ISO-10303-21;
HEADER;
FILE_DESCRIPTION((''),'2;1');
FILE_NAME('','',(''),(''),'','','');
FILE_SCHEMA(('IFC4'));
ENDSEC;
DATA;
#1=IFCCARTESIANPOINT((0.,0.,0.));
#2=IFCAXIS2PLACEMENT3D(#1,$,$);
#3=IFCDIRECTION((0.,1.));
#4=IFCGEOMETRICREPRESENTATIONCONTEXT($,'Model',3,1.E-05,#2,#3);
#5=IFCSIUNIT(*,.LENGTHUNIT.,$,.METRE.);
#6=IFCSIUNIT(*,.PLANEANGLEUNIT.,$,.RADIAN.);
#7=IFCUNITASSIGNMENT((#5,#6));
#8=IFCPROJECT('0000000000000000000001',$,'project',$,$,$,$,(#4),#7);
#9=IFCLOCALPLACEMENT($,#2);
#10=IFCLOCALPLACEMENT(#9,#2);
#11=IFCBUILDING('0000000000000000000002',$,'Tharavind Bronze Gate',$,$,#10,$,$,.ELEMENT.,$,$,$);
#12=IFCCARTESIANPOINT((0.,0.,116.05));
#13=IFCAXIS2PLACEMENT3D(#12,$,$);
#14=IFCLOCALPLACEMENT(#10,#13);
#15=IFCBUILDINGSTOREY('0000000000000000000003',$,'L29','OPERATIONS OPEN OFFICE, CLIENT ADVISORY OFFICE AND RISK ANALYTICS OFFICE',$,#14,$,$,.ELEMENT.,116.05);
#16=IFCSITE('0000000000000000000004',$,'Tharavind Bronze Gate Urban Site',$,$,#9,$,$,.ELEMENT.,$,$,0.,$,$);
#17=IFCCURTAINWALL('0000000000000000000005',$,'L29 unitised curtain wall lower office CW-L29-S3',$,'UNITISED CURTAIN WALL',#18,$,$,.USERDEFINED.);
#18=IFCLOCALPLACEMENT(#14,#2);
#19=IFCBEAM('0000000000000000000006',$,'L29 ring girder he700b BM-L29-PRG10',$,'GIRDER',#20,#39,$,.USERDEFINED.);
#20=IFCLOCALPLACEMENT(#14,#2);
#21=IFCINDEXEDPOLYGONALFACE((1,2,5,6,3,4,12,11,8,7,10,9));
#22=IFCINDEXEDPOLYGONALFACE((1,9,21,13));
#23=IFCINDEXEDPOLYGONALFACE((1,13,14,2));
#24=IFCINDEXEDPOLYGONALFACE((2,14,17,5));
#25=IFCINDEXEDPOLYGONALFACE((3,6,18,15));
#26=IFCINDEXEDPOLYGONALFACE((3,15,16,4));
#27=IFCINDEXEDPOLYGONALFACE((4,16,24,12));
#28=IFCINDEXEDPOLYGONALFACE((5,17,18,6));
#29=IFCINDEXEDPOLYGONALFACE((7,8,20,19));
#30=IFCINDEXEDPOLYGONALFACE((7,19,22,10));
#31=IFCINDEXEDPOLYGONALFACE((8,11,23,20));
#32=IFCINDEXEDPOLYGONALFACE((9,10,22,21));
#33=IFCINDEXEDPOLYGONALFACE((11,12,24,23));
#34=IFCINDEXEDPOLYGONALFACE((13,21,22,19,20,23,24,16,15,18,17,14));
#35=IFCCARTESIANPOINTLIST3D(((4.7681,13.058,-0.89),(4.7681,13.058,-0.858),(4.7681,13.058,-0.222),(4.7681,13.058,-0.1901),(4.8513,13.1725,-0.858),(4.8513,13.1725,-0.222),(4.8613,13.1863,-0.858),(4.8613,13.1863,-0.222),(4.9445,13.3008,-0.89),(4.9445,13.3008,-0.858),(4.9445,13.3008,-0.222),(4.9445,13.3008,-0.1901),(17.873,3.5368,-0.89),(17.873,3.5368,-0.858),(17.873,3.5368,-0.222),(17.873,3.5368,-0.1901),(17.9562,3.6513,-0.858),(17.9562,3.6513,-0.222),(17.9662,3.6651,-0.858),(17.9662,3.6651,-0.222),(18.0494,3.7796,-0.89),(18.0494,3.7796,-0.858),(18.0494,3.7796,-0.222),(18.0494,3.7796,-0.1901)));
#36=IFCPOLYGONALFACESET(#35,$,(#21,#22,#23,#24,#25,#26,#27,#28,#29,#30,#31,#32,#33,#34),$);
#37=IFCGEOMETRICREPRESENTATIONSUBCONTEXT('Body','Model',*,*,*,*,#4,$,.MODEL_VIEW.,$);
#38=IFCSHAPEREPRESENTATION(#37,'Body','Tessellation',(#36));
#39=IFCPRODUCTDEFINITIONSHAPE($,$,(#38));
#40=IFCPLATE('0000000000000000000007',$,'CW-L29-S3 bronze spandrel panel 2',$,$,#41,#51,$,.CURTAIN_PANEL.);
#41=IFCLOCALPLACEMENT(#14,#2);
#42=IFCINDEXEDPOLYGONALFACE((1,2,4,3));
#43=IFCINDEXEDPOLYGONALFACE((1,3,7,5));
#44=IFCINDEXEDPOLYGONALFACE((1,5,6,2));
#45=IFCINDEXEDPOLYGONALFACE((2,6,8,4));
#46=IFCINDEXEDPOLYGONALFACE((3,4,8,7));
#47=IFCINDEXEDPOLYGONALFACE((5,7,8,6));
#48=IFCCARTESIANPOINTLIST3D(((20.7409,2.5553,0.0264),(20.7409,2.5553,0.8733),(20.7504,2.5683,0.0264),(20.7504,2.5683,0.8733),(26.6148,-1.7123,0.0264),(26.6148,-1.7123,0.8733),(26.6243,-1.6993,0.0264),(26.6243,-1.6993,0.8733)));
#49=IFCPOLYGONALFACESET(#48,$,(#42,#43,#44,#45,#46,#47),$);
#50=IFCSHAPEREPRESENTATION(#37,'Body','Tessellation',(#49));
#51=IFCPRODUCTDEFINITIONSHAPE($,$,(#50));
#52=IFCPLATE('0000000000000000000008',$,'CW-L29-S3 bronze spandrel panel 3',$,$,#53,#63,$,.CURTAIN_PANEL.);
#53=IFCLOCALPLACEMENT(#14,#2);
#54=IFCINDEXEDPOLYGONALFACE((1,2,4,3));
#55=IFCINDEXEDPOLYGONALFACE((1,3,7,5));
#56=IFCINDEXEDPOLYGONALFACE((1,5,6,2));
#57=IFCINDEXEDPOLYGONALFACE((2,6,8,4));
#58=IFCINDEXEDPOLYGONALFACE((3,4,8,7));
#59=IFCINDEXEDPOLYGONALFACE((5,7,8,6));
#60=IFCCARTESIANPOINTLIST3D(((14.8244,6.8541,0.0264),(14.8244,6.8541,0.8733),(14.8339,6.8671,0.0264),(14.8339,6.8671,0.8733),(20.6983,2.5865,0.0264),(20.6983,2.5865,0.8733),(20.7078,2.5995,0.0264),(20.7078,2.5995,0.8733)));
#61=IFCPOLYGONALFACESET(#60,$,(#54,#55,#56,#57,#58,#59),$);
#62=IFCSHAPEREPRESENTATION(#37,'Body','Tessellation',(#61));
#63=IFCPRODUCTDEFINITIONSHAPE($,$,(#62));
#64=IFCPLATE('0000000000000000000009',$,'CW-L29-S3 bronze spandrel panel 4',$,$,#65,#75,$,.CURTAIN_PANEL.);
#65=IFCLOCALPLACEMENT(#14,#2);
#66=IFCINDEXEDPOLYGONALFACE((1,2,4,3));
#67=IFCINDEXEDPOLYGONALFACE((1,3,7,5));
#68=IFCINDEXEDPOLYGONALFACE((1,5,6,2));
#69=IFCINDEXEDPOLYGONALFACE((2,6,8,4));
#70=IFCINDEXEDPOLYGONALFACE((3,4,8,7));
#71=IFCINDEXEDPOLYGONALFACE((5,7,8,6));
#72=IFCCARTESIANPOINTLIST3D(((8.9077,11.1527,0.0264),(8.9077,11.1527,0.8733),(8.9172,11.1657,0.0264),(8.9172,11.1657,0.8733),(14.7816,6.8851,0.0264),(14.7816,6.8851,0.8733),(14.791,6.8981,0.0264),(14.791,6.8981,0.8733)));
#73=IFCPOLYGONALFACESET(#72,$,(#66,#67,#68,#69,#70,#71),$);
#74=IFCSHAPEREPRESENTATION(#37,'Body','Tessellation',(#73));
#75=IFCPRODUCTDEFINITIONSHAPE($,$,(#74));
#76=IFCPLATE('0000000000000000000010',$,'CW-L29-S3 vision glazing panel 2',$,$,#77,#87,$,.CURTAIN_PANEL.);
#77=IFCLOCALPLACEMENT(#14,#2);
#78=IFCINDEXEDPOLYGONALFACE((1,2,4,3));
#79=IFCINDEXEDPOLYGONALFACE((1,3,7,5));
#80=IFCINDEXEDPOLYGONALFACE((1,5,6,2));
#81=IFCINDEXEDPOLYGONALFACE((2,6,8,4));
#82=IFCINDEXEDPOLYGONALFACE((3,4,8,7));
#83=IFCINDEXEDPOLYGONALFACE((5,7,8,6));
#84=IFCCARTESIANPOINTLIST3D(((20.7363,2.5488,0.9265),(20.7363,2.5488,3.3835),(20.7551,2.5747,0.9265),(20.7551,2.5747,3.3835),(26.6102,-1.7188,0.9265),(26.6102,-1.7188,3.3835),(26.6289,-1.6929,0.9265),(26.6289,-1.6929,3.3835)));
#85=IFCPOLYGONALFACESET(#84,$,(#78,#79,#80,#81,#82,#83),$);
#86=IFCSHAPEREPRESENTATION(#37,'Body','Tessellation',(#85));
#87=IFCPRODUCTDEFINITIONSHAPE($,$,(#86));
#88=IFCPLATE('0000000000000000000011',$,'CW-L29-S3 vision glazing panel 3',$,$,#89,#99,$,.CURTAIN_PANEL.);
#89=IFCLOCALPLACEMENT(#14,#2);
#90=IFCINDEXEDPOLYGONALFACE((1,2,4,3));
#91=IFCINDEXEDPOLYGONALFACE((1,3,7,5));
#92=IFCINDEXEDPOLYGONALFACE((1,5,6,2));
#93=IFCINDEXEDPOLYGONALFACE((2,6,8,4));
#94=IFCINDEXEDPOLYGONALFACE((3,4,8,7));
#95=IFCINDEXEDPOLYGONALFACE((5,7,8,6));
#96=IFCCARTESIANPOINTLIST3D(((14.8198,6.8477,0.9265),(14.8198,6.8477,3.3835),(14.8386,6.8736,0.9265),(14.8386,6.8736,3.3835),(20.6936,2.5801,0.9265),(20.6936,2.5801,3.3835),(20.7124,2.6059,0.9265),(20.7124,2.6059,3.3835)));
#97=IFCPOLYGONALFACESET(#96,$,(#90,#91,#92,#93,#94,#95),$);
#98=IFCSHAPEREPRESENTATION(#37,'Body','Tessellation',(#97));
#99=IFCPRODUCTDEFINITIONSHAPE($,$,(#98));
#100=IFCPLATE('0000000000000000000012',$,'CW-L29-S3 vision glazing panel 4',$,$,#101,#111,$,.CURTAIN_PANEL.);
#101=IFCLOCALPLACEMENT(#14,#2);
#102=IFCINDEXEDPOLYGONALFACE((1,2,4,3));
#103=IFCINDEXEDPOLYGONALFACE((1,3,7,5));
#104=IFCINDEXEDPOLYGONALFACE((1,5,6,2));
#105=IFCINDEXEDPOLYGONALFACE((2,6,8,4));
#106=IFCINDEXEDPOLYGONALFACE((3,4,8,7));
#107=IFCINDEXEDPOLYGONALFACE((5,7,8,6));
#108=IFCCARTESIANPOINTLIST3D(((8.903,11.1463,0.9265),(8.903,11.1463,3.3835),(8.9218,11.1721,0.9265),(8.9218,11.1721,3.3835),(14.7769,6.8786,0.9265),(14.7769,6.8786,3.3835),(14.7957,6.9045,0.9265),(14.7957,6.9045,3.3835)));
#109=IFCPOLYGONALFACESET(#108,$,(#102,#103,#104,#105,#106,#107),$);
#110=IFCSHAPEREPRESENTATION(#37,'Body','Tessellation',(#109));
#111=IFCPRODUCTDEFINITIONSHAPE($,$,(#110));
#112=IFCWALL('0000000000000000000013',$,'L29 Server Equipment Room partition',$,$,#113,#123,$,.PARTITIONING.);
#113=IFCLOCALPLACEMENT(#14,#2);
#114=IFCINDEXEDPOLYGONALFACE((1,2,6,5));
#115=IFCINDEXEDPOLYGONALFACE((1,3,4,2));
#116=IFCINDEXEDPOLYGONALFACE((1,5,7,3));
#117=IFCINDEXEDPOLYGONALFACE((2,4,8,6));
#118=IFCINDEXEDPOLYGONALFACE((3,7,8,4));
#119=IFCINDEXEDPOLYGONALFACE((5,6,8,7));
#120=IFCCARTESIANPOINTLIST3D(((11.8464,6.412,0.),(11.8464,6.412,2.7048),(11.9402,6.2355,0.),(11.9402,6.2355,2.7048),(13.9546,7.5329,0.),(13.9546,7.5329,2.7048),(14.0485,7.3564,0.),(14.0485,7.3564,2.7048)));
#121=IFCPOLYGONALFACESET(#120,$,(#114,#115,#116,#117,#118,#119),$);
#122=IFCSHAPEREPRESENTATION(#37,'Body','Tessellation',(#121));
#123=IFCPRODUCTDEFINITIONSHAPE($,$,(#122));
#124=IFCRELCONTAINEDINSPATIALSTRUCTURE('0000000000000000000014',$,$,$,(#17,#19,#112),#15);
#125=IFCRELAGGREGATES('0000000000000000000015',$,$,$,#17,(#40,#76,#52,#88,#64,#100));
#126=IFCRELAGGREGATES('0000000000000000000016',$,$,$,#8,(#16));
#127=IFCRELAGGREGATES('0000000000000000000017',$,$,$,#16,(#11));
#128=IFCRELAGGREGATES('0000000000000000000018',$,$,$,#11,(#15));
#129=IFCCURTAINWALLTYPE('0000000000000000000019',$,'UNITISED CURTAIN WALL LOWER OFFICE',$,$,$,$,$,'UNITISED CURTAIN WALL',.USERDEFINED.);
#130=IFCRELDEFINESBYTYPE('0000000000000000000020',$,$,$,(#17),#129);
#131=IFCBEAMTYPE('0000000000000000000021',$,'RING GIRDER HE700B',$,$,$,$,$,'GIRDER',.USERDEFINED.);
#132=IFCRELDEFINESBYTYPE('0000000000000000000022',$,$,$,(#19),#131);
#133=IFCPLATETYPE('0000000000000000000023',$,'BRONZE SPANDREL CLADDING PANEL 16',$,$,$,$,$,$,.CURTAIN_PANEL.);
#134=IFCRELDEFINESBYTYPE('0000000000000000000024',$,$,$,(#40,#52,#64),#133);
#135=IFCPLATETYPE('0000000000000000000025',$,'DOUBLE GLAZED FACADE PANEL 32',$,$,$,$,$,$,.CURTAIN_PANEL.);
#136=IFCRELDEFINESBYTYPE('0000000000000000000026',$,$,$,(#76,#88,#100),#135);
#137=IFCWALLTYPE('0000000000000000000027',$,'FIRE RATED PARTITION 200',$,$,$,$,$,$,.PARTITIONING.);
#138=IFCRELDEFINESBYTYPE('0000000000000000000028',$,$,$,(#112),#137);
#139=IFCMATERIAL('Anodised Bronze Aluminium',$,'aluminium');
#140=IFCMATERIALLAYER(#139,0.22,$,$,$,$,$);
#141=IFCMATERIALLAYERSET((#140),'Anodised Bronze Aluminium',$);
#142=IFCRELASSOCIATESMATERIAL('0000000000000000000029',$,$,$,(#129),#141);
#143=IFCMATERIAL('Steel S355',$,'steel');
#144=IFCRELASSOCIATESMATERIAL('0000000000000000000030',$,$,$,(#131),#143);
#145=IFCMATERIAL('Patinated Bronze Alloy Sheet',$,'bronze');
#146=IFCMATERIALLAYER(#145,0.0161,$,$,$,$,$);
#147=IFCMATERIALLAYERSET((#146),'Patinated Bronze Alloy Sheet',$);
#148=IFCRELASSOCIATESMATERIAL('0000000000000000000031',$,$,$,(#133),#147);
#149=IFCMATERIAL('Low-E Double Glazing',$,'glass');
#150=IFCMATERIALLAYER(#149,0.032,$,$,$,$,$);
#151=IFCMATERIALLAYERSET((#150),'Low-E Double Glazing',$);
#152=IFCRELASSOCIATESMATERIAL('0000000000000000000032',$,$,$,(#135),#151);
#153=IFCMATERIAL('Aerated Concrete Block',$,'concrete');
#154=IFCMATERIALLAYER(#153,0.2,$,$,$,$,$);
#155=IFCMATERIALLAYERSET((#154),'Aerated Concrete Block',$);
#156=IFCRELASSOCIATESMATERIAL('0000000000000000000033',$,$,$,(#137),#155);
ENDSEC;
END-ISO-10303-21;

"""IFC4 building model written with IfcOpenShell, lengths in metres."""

from ifc_helpers import new_model, si_unit, direction, frame, frame_2d, origin, origin_2d, place, context, subcontext, project, spatial, rectangle, i_section, extrude, material, layer, layer_set, material_profile, profile_set, type_object, element, aggregate, save


model = new_model("IFC4")

# Units and contexts
model_context = context("Model", 3, precision=1e-05, world=origin(), true_north=direction((0.0, 1.0)))
body_context = subcontext(model_context, "Body", "Model", "MODEL_VIEW")
ifc_project = project(units=[si_unit("LENGTHUNIT", "METRE"), si_unit("PLANEANGLEUNIT", "RADIAN")], contexts=[model_context])

# Site, building, storey
site_placement = place(None, origin())
site = spatial("IfcSite", under=ifc_project, at=site_placement, Name="Tharavind Bronze Gate Urban Site", CompositionType="ELEMENT", RefElevation=0.0)
building_placement = place(site_placement, origin())
building = spatial("IfcBuilding", under=site, at=building_placement, Name="Tharavind Bronze Gate", CompositionType="ELEMENT")
storey_placement = place(building_placement, frame((0.0, 0.0, 116.05)))
storey = spatial("IfcBuildingStorey", under=building, at=storey_placement, Name="L29", Description="OPERATIONS OPEN OFFICE, CLIENT ADVISORY OFFICE AND RISK ANALYTICS OFFICE", CompositionType="ELEMENT", Elevation=116.05)

# Curtain wall
ifc_material_1 = material(Name="Anodised Bronze Aluminium", Category="aluminium")
ifc_layer_1 = layer(ifc_material_1, 0.22)
ifc_layer_set_1 = layer_set([ifc_layer_1], Name="Anodised Bronze Aluminium")
curtain_wall_type = type_object("IfcCurtainWallType", Name="UNITISED CURTAIN WALL LOWER OFFICE", ElementType="UNITISED CURTAIN WALL", PredefinedType="USERDEFINED", material=ifc_layer_set_1)
curtain_wall_placement = place(storey_placement, origin())
curtain_wall = element("IfcCurtainWall", 1, at=curtain_wall_placement, inside=storey, type_object=curtain_wall_type, Name="L29 unitised curtain wall lower office CW-L29-S3", ObjectType="UNITISED CURTAIN WALL", PredefinedType="USERDEFINED")

# Beam
ifc_material_2 = material(Name="Steel S355", Category="steel")
ifc_material_profile_1 = material_profile(ifc_material_2, i_section(OverallWidth=0.3, OverallDepth=0.7, WebThickness=0.0171, FlangeThickness=0.032, at=origin_2d()), Name="HE700B")
ifc_profile_set_1 = profile_set([ifc_material_profile_1], Name="Steel S355")
beam_type_1 = type_object("IfcBeamType", Name="RING GIRDER HE700B", ElementType="GIRDER", PredefinedType="USERDEFINED", material=ifc_profile_set_1)
beam_1_placement = place(storey_placement, frame((17.9612, 3.6582, -0.54), z_axis=(-0.80902, 0.587782, 0.0), x_axis=(-0.587782, -0.80902, 0.0)))
element("IfcBeam", 2, at=beam_1_placement, inside=storey, type_object=beam_type_1, Name="L29 ring girder he700b BM-L29-PRG10", ObjectType="GIRDER", PredefinedType="USERDEFINED", context=body_context, shape_type="SweptSolid", body=[
    extrude(i_section(OverallWidth=0.3, OverallDepth=0.7, WebThickness=0.0171, FlangeThickness=0.032, at=origin_2d()), origin(), (0.0, 0.0, 1.0), 16.1985),
])

# Plates
ifc_material_3 = material(Name="Patinated Bronze Alloy Sheet", Category="bronze")
ifc_layer_2 = layer(ifc_material_3, 0.0161)
ifc_layer_set_2 = layer_set([ifc_layer_2], Name="Patinated Bronze Alloy Sheet")
plate_type_1 = type_object("IfcPlateType", Name="BRONZE SPANDREL CLADDING PANEL 16", PredefinedType="CURTAIN_PANEL", material=ifc_layer_set_2)
plate_1_placement = place(storey_placement, frame((23.6826, 0.428, 0.0264), z_axis=(0.0, 0.0, 1.0), x_axis=(-0.809017, 0.587785, 0.0)))
plate_1 = element("IfcPlate", 3, at=plate_1_placement, type_object=plate_type_1, Name="CW-L29-S3 bronze spandrel panel 2", PredefinedType="CURTAIN_PANEL", context=body_context, shape_type="SweptSolid", body=[
    extrude(rectangle(XDim=7.2605, YDim=0.0161, at=origin_2d()), origin(), (0.0, 0.0, 1.0), 0.8469),
])
plate_2_placement = place(storey_placement, frame((17.7661, 4.7268, 0.0264), z_axis=(0.0, 0.0, 1.0), x_axis=(-0.809017, 0.587785, 0.0)))
plate_2 = element("IfcPlate", 4, at=plate_2_placement, type_object=plate_type_1, Name="CW-L29-S3 bronze spandrel panel 3", PredefinedType="CURTAIN_PANEL", context=body_context, shape_type="SweptSolid", body=[
    extrude(rectangle(XDim=7.2605, YDim=0.0161, at=origin_2d()), origin(), (0.0, 0.0, 1.0), 0.8469),
])
plate_3_placement = place(storey_placement, frame((11.8494, 9.0254, 0.0264), z_axis=(0.0, 0.0, 1.0), x_axis=(-0.809017, 0.587785, 0.0)))
plate_3 = element("IfcPlate", 5, at=plate_3_placement, type_object=plate_type_1, Name="CW-L29-S3 bronze spandrel panel 4", PredefinedType="CURTAIN_PANEL", context=body_context, shape_type="SweptSolid", body=[
    extrude(rectangle(XDim=7.2605, YDim=0.0161, at=origin_2d()), origin(), (0.0, 0.0, 1.0), 0.8469),
])
ifc_material_4 = material(Name="Low-E Double Glazing", Category="glass")
ifc_layer_3 = layer(ifc_material_4, 0.032)
ifc_layer_set_3 = layer_set([ifc_layer_3], Name="Low-E Double Glazing")
plate_type_2 = type_object("IfcPlateType", Name="DOUBLE GLAZED FACADE PANEL 32", PredefinedType="CURTAIN_PANEL", material=ifc_layer_set_3)
plate_4_placement = place(storey_placement, frame((23.6826, 0.428, 0.9265), z_axis=(0.0, 0.0, 1.0), x_axis=(-0.809017, 0.587785, 0.0)))
plate_4 = element("IfcPlate", 6, at=plate_4_placement, type_object=plate_type_2, Name="CW-L29-S3 vision glazing panel 2", PredefinedType="CURTAIN_PANEL", context=body_context, shape_type="SweptSolid", body=[
    extrude(rectangle(XDim=7.2605, YDim=0.032, at=origin_2d()), origin(), (0.0, 0.0, 1.0), 2.457),
])
plate_5_placement = place(storey_placement, frame((17.7661, 4.7268, 0.9265), z_axis=(0.0, 0.0, 1.0), x_axis=(-0.809017, 0.587785, 0.0)))
plate_5 = element("IfcPlate", 7, at=plate_5_placement, type_object=plate_type_2, Name="CW-L29-S3 vision glazing panel 3", PredefinedType="CURTAIN_PANEL", context=body_context, shape_type="SweptSolid", body=[
    extrude(rectangle(XDim=7.2605, YDim=0.032, at=origin_2d()), origin(), (0.0, 0.0, 1.0), 2.457),
])
plate_6_placement = place(storey_placement, frame((11.8494, 9.0254, 0.9265), z_axis=(0.0, 0.0, 1.0), x_axis=(-0.809017, 0.587785, 0.0)))
plate_6 = element("IfcPlate", 8, at=plate_6_placement, type_object=plate_type_2, Name="CW-L29-S3 vision glazing panel 4", PredefinedType="CURTAIN_PANEL", context=body_context, shape_type="SweptSolid", body=[
    extrude(rectangle(XDim=7.2605, YDim=0.032, at=origin_2d()), origin(), (0.0, 0.0, 1.0), 2.457),
])
aggregate(curtain_wall, [plate_1, plate_4, plate_2, plate_5, plate_3, plate_6])

# Wall
ifc_material_5 = material(Name="Aerated Concrete Block", Category="concrete")
ifc_layer_4 = layer(ifc_material_5, 0.2)
ifc_layer_set_4 = layer_set([ifc_layer_4], Name="Aerated Concrete Block")
wall_type = type_object("IfcWallType", Name="FIRE RATED PARTITION 200", PredefinedType="PARTITIONING", material=ifc_layer_set_4)
wall_placement = place(storey_placement, frame((11.8933, 6.3237, 0.0), z_axis=(0.0, 0.0, 1.0), x_axis=(0.882961, 0.469447, 0.0)))
element("IfcWall", 9, at=wall_placement, inside=storey, type_object=wall_type, Name="L29 Server Equipment Room partition", PredefinedType="PARTITIONING", context=body_context, shape_type="SweptSolid", body=[
    extrude(rectangle(XDim=2.3877, YDim=0.2, at=frame_2d((1.1938, 0.0))), origin(), (0.0, 0.0, 1.0), 2.7048),
])

save(model, "model.ifc")
